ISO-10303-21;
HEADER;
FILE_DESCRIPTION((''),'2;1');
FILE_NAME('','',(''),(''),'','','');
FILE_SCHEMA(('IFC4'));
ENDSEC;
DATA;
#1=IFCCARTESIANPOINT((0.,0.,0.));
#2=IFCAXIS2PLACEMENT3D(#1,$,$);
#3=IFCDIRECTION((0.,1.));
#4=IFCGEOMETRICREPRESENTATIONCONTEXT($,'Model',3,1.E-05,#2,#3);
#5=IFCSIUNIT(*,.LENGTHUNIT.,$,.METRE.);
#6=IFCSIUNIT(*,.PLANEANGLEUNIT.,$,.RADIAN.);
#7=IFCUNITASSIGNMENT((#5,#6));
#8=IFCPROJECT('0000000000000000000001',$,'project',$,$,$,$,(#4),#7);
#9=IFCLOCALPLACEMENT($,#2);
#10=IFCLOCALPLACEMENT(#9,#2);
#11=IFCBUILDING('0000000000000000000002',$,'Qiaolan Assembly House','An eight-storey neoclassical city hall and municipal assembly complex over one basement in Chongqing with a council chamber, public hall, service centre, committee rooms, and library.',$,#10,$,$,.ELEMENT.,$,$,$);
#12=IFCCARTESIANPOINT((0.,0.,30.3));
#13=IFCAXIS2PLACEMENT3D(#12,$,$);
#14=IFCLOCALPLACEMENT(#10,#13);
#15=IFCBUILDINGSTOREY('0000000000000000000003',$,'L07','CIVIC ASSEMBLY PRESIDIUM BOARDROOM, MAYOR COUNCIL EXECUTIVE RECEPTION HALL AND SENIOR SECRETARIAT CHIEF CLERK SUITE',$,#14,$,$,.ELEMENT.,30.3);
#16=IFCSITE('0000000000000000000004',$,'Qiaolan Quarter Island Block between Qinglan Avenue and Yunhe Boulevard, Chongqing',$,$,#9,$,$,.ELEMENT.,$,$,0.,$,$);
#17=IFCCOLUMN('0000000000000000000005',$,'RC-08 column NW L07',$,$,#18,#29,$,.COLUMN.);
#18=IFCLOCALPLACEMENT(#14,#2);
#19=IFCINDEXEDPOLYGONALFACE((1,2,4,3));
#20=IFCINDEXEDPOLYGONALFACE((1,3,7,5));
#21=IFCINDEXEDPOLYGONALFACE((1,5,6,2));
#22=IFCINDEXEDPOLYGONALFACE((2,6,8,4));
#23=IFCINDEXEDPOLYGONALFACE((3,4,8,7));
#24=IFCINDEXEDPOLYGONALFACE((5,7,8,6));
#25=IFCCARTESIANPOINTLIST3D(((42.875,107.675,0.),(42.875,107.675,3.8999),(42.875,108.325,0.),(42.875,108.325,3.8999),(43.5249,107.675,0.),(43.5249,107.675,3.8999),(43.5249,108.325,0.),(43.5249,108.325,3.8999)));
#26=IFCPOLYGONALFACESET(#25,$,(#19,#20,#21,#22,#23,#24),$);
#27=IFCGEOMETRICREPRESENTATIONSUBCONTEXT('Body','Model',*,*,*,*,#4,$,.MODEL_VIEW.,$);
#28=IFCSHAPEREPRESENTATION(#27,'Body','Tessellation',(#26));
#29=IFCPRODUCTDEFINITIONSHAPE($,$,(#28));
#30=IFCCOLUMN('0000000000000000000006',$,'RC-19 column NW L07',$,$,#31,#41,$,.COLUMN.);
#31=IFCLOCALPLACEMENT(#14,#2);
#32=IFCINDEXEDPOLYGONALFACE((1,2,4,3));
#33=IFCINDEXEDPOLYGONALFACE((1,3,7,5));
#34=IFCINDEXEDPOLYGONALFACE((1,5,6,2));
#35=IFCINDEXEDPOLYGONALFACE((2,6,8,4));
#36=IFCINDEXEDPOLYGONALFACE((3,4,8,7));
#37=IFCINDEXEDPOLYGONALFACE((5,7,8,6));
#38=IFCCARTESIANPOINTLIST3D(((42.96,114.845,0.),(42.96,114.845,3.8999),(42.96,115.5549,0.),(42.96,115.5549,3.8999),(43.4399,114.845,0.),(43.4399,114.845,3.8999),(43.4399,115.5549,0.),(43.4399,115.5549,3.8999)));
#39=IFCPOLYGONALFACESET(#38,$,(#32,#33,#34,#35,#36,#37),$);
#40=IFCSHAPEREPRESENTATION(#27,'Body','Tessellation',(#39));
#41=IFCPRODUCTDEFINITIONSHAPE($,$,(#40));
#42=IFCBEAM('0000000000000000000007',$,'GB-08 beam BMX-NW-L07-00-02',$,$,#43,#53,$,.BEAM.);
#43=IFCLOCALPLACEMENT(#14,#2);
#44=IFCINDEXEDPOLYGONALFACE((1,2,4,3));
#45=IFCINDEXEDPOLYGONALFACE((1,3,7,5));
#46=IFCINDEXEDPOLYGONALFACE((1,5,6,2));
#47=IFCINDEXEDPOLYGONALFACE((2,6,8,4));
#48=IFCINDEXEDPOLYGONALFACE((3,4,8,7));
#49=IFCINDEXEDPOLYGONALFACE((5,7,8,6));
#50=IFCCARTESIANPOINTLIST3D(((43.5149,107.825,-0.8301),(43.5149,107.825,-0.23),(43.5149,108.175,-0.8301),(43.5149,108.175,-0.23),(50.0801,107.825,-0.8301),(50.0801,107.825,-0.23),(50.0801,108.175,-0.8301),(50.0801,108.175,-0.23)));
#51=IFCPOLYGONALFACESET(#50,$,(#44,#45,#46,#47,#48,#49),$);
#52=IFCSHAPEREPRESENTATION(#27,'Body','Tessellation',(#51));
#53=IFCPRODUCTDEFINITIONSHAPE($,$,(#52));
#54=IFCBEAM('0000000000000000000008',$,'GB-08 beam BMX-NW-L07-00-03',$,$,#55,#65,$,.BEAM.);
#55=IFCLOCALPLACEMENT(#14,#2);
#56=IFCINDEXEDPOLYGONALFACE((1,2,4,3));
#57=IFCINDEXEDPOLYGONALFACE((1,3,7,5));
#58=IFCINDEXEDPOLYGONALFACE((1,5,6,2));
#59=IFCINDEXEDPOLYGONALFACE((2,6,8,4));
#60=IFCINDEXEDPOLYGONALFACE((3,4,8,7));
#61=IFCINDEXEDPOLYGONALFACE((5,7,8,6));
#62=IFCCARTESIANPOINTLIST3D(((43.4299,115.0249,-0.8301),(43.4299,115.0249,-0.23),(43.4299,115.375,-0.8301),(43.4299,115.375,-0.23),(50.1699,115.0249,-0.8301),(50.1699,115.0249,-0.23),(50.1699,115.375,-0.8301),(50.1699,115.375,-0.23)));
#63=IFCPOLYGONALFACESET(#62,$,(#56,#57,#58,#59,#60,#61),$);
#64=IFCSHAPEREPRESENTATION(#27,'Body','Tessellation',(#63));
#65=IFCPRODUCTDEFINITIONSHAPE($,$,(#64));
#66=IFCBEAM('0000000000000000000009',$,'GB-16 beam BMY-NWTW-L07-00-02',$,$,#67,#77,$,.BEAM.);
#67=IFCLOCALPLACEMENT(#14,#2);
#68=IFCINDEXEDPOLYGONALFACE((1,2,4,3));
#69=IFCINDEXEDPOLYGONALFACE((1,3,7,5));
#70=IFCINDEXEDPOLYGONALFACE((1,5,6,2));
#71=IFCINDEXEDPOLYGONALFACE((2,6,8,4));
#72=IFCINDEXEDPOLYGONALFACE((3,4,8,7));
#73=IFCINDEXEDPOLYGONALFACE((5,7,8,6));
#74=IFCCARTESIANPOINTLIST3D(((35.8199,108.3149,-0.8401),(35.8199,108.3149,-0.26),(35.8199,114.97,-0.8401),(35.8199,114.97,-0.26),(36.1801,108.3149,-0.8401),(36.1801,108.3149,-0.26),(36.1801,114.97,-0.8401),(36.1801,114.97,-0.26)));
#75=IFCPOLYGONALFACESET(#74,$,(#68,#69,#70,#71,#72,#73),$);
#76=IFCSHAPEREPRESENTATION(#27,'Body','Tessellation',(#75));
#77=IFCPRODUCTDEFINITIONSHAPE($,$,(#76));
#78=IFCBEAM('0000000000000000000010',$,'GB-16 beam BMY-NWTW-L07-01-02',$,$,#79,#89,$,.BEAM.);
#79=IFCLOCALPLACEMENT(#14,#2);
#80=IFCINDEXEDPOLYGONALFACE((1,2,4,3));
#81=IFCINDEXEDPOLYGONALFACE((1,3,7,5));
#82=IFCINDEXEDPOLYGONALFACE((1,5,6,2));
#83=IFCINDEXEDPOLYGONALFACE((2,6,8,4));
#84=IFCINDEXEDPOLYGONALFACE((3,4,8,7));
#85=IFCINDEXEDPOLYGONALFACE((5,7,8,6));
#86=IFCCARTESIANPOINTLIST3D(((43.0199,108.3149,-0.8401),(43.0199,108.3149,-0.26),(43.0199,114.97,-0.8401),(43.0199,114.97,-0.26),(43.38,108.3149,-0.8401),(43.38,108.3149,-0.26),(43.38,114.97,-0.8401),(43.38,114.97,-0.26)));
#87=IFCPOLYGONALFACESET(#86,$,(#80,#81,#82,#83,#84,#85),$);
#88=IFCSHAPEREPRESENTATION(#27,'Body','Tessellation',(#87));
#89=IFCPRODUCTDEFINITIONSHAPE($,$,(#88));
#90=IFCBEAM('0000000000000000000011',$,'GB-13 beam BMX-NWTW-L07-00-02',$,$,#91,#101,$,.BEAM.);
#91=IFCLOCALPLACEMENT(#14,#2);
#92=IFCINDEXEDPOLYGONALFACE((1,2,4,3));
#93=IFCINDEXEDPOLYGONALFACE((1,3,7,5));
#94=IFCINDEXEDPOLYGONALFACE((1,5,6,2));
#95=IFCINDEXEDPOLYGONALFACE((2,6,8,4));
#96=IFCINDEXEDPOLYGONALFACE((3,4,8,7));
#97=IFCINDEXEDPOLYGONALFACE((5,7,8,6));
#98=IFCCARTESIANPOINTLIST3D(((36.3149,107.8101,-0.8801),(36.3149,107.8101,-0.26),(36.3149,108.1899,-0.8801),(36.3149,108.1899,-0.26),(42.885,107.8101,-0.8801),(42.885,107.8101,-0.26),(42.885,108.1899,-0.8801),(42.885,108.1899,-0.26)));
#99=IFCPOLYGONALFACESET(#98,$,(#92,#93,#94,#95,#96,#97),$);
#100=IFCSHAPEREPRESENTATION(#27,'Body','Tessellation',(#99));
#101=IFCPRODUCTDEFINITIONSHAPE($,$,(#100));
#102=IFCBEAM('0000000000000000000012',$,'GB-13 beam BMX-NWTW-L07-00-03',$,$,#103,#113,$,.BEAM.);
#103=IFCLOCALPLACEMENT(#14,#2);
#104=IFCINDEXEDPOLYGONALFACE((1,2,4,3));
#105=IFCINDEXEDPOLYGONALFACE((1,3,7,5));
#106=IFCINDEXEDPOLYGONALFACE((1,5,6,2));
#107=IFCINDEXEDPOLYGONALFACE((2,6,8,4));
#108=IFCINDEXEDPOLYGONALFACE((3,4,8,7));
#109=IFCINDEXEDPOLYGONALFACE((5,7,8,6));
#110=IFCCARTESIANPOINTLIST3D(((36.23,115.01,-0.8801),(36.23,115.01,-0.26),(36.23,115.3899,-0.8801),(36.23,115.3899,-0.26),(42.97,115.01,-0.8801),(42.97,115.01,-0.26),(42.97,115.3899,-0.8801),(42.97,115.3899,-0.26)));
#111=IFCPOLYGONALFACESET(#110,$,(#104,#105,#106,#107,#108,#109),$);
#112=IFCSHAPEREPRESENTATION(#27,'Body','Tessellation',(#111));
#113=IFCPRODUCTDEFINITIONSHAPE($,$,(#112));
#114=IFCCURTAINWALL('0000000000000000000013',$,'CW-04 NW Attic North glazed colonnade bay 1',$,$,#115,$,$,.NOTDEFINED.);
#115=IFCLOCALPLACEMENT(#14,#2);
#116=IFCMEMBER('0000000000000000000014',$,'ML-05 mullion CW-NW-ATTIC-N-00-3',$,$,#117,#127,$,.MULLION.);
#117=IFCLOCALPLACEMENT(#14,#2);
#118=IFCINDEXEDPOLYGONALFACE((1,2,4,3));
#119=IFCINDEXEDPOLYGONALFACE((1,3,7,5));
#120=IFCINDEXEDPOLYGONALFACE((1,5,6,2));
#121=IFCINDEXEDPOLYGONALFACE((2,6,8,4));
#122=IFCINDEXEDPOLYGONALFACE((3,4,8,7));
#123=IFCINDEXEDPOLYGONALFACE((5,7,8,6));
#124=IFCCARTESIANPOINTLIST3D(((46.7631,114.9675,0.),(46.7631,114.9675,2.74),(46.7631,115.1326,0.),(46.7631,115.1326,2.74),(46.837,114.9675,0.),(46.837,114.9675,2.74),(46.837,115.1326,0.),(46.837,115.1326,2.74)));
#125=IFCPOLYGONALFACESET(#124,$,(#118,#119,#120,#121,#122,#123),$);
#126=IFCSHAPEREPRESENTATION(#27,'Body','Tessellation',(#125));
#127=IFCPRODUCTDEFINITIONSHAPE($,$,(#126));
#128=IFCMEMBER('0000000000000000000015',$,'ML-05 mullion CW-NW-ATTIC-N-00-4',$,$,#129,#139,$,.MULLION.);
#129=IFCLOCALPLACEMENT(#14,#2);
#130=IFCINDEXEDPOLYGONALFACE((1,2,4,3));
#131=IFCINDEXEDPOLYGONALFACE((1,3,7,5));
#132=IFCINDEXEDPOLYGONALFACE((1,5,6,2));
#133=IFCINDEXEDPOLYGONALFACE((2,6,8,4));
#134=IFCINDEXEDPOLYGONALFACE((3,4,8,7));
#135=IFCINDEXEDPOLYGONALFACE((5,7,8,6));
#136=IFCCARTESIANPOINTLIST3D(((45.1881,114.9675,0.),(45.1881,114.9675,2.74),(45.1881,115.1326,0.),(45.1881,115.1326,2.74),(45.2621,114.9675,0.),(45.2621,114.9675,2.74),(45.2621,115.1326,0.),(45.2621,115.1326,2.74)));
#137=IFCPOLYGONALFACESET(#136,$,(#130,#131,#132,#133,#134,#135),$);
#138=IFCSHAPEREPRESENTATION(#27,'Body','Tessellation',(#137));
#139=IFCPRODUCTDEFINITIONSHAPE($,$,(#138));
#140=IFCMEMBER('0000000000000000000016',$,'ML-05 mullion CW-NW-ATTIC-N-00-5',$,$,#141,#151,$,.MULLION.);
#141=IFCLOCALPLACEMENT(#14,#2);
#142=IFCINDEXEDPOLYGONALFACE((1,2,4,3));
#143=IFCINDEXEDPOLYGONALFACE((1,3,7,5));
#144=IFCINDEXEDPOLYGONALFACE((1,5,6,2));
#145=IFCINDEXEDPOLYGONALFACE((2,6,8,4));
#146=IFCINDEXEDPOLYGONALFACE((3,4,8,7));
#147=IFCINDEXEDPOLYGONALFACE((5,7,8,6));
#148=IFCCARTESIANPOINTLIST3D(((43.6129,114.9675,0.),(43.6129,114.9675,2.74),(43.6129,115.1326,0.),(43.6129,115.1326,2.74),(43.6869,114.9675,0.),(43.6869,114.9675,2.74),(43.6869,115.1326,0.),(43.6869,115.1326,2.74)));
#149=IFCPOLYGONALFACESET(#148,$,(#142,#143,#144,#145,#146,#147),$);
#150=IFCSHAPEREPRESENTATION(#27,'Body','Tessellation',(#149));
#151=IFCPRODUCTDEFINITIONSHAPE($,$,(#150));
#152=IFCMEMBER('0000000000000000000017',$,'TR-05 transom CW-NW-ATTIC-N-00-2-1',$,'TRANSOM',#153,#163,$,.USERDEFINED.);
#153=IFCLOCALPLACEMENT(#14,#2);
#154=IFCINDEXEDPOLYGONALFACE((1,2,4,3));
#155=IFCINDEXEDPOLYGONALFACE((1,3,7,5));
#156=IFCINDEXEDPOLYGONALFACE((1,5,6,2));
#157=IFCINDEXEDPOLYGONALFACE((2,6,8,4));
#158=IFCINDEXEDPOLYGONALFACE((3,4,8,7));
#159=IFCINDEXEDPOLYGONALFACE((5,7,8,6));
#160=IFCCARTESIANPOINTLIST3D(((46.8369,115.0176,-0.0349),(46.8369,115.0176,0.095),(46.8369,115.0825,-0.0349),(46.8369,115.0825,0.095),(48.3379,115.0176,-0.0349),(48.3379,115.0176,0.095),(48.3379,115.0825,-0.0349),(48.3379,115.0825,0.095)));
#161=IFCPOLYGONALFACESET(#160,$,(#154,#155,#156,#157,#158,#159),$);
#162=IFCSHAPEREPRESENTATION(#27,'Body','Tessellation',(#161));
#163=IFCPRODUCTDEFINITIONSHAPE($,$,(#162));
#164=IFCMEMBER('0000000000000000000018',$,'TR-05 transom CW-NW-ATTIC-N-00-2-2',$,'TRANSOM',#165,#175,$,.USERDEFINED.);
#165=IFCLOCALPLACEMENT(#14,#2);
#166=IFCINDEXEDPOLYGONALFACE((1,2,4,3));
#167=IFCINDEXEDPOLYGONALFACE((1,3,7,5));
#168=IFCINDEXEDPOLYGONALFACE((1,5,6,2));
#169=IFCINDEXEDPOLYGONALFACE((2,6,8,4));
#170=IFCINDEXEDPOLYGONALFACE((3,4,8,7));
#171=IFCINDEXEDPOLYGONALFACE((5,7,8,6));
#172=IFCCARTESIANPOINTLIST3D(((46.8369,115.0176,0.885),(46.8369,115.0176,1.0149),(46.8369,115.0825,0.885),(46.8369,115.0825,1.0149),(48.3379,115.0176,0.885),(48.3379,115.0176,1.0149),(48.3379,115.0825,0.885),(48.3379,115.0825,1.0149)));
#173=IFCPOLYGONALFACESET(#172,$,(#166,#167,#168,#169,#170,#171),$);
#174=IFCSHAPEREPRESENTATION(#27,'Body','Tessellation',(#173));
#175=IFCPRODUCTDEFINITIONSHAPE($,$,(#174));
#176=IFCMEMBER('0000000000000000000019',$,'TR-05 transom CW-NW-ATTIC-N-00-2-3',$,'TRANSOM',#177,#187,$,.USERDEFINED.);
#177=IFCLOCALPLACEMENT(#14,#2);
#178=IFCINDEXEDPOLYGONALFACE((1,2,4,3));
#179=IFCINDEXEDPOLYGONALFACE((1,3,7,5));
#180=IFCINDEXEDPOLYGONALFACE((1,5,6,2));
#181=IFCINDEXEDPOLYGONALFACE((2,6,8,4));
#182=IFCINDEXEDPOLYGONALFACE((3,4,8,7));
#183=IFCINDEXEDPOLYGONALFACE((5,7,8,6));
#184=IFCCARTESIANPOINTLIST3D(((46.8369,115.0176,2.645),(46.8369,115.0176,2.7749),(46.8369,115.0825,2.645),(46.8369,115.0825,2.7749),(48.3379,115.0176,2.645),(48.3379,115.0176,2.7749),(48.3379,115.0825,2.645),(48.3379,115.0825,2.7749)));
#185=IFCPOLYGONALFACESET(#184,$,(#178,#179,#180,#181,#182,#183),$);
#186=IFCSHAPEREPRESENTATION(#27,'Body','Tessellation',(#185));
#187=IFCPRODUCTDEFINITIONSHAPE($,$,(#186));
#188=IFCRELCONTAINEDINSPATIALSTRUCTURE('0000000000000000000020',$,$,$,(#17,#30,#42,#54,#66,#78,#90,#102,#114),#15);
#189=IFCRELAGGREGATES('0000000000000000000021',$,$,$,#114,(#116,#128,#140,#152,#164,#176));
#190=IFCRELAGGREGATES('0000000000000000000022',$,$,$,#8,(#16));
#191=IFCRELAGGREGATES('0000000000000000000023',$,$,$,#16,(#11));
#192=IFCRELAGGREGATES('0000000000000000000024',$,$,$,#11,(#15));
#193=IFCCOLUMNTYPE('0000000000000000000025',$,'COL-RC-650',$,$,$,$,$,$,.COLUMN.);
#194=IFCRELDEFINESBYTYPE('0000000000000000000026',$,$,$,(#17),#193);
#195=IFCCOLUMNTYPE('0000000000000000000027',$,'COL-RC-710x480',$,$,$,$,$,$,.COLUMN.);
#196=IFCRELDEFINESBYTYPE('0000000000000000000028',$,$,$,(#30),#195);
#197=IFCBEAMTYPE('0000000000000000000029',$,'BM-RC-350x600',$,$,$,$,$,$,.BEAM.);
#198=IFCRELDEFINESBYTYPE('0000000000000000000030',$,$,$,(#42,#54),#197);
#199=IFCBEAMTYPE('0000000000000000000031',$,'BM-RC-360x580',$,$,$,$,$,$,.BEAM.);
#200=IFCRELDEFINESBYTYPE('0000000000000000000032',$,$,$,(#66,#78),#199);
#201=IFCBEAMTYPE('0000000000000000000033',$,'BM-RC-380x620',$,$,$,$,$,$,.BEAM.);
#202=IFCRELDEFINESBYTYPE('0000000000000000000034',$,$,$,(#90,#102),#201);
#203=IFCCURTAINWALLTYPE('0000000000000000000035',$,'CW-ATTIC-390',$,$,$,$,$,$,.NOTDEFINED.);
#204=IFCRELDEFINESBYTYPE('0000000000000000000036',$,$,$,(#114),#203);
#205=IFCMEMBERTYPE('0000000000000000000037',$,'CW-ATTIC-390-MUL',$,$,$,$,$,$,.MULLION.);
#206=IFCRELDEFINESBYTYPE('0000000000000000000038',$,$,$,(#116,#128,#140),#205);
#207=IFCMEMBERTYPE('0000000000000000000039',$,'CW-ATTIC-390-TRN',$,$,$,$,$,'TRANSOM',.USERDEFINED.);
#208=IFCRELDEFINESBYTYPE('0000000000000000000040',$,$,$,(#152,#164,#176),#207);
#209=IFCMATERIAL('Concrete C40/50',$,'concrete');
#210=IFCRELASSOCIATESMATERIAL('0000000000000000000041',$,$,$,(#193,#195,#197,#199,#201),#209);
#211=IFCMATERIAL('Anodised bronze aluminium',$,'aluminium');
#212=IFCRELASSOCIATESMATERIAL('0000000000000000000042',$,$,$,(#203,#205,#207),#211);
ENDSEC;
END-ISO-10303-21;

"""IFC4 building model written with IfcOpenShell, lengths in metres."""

from ifc_helpers import new_model, si_unit, direction, frame, origin, origin_2d, place, context, subcontext, project, spatial, rectangle, extrude, material, material_profile, profile_set, type_object, element, aggregate, save


model = new_model("IFC4")

# Units and contexts
model_context = context("Model", 3, precision=1e-05, world=origin(), true_north=direction((0.0, 1.0)))
body_context = subcontext(model_context, "Body", "Model", "MODEL_VIEW")
ifc_project = project(units=[si_unit("LENGTHUNIT", "METRE"), si_unit("PLANEANGLEUNIT", "RADIAN")], contexts=[model_context])

# Site, building, storey
site_placement = place(None, origin())
site = spatial("IfcSite", under=ifc_project, at=site_placement, Name="Qiaolan Quarter Island Block between Qinglan Avenue and Yunhe Boulevard, Chongqing", CompositionType="ELEMENT", RefElevation=0.0)
building_placement = place(site_placement, origin())
building = spatial("IfcBuilding", under=site, at=building_placement, Name="Qiaolan Assembly House", Description="An eight-storey neoclassical city hall and municipal assembly complex over one basement in Chongqing with a council chamber, public hall, service centre, committee rooms, and library.", CompositionType="ELEMENT")
storey_placement = place(building_placement, frame((0.0, 0.0, 30.3)))
storey = spatial("IfcBuildingStorey", under=building, at=storey_placement, Name="L07", Description="CIVIC ASSEMBLY PRESIDIUM BOARDROOM, MAYOR COUNCIL EXECUTIVE RECEPTION HALL AND SENIOR SECRETARIAT CHIEF CLERK SUITE", CompositionType="ELEMENT", Elevation=30.3)

# Columns
ifc_material_1 = material(Name="Concrete C40/50", Category="concrete")
ifc_material_profile_1 = material_profile(ifc_material_1, rectangle(XDim=0.6499, YDim=0.6499, at=origin_2d()), Name="RC 650x650")
ifc_profile_set_1 = profile_set([ifc_material_profile_1], Name="Concrete C40/50")
column_type_1 = type_object("IfcColumnType", Name="COL-RC-650", PredefinedType="COLUMN", material=ifc_profile_set_1)
column_1_placement = place(storey_placement, frame((43.2, 108.0, 0.0), z_axis=(0.0, 0.0, 1.0), x_axis=(1.0, 0.0, 0.0)))
element("IfcColumn", 1, at=column_1_placement, inside=storey, type_object=column_type_1, Name="RC-08 column NW L07", PredefinedType="COLUMN", context=body_context, shape_type="SweptSolid", body=[
    extrude(rectangle(XDim=0.6499, YDim=0.6499, at=origin_2d()), origin(), (0.0, 0.0, 1.0), 3.8999),
])
ifc_material_profile_2 = material_profile(ifc_material_1, rectangle(XDim=0.48, YDim=0.71, at=origin_2d()), Name="RC 710x480")
ifc_profile_set_2 = profile_set([ifc_material_profile_2], Name="Concrete C40/50")
column_type_2 = type_object("IfcColumnType", Name="COL-RC-710x480", PredefinedType="COLUMN", material=ifc_profile_set_2)
column_2_placement = place(storey_placement, frame((43.2, 115.2, 0.0), z_axis=(0.0, 0.0, 1.0), x_axis=(1.0, 0.0, 0.0)))
element("IfcColumn", 2, at=column_2_placement, inside=storey, type_object=column_type_2, Name="RC-19 column NW L07", PredefinedType="COLUMN", context=body_context, shape_type="SweptSolid", body=[
    extrude(rectangle(XDim=0.48, YDim=0.71, at=origin_2d()), origin(), (0.0, 0.0, 1.0), 3.8999),
])

# Beams
ifc_material_profile_3 = material_profile(ifc_material_1, rectangle(XDim=0.3501, YDim=0.6001, at=origin_2d()), Name="RCB 350x600")
ifc_profile_set_3 = profile_set([ifc_material_profile_3], Name="Concrete C40/50")
beam_type_1 = type_object("IfcBeamType", Name="BM-RC-350x600", PredefinedType="BEAM", material=ifc_profile_set_3)
beam_1_placement = place(storey_placement, frame((43.5149, 108.0, -0.53), z_axis=(1.0, 0.0, 0.0), x_axis=(0.0, 1.0, 0.0)))
element("IfcBeam", 3, at=beam_1_placement, inside=storey, type_object=beam_type_1, Name="GB-08 beam BMX-NW-L07-00-02", PredefinedType="BEAM", context=body_context, shape_type="SweptSolid", body=[
    extrude(rectangle(XDim=0.3501, YDim=0.6001, at=origin_2d()), origin(), (0.0, 0.0, 1.0), 6.5652),
])
beam_2_placement = place(storey_placement, frame((43.4299, 115.2, -0.53), z_axis=(1.0, 0.0, 0.0), x_axis=(0.0, 1.0, 0.0)))
element("IfcBeam", 4, at=beam_2_placement, inside=storey, type_object=beam_type_1, Name="GB-08 beam BMX-NW-L07-00-03", PredefinedType="BEAM", context=body_context, shape_type="SweptSolid", body=[
    extrude(rectangle(XDim=0.3501, YDim=0.6001, at=origin_2d()), origin(), (0.0, 0.0, 1.0), 6.74),
])
ifc_material_profile_4 = material_profile(ifc_material_1, rectangle(XDim=0.3601, YDim=0.5801, at=origin_2d()), Name="RCB 360x580")
ifc_profile_set_4 = profile_set([ifc_material_profile_4], Name="Concrete C40/50")
beam_type_2 = type_object("IfcBeamType", Name="BM-RC-360x580", PredefinedType="BEAM", material=ifc_profile_set_4)
for number, where, z_axis, x_axis, name in (
    (5, (36.0, 108.3149, -0.55), (0.0, 1.0, 0.0), (-1.0, 0.0, 0.0), "GB-16 beam BMY-NWTW-L07-00-02"),
    (6, (43.2, 108.3149, -0.55), (0.0, 1.0, 0.0), (-1.0, 0.0, 0.0), "GB-16 beam BMY-NWTW-L07-01-02"),
):
    element("IfcBeam", number, at=place(storey_placement, frame(where, z_axis=z_axis, x_axis=x_axis)), inside=storey, type_object=beam_type_2, Name=name, PredefinedType="BEAM", context=body_context, shape_type="SweptSolid", body=[
        extrude(rectangle(XDim=0.3601, YDim=0.5801, at=origin_2d()), origin(), (0.0, 0.0, 1.0), 6.655),
    ])
ifc_material_profile_5 = material_profile(ifc_material_1, rectangle(XDim=0.3799, YDim=0.6201, at=origin_2d()), Name="RCB 380x620")
ifc_profile_set_5 = profile_set([ifc_material_profile_5], Name="Concrete C40/50")
beam_type_3 = type_object("IfcBeamType", Name="BM-RC-380x620", PredefinedType="BEAM", material=ifc_profile_set_5)
beam_3_placement = place(storey_placement, frame((36.3149, 108.0, -0.5701), z_axis=(1.0, 0.0, 0.0), x_axis=(0.0, 1.0, 0.0)))
element("IfcBeam", 7, at=beam_3_placement, inside=storey, type_object=beam_type_3, Name="GB-13 beam BMX-NWTW-L07-00-02", PredefinedType="BEAM", context=body_context, shape_type="SweptSolid", body=[
    extrude(rectangle(XDim=0.3799, YDim=0.6201, at=origin_2d()), origin(), (0.0, 0.0, 1.0), 6.5701),
])
beam_4_placement = place(storey_placement, frame((36.23, 115.2, -0.5701), z_axis=(1.0, 0.0, 0.0), x_axis=(0.0, 1.0, 0.0)))
element("IfcBeam", 8, at=beam_4_placement, inside=storey, type_object=beam_type_3, Name="GB-13 beam BMX-NWTW-L07-00-03", PredefinedType="BEAM", context=body_context, shape_type="SweptSolid", body=[
    extrude(rectangle(XDim=0.3799, YDim=0.6201, at=origin_2d()), origin(), (0.0, 0.0, 1.0), 6.74),
])

# Curtain wall, members
ifc_material_2 = material(Name="Anodised bronze aluminium", Category="aluminium")
curtain_wall_type = type_object("IfcCurtainWallType", Name="CW-ATTIC-390", PredefinedType="NOTDEFINED", material=ifc_material_2)
curtain_wall_placement = place(storey_placement, origin())
curtain_wall = element("IfcCurtainWall", 9, at=curtain_wall_placement, inside=storey, type_object=curtain_wall_type, Name="CW-04 NW Attic North glazed colonnade bay 1", PredefinedType="NOTDEFINED")
ifc_material_profile_6 = material_profile(ifc_material_2, rectangle(XDim=0.074, YDim=0.165, at=origin_2d()), Name="MUL 74x165")
ifc_profile_set_6 = profile_set([ifc_material_profile_6], Name="Anodised bronze aluminium")
member_type_1 = type_object("IfcMemberType", Name="CW-ATTIC-390-MUL", PredefinedType="MULLION", material=ifc_profile_set_6)
member_1_placement = place(storey_placement, frame((46.8, 115.05, 0.0), z_axis=(0.0, 0.0, 1.0), x_axis=(-1.0, 0.0, 0.0)))
member_1 = element("IfcMember", 10, at=member_1_placement, type_object=member_type_1, Name="ML-05 mullion CW-NW-ATTIC-N-00-3", PredefinedType="MULLION", context=body_context, shape_type="SweptSolid", body=[
    extrude(rectangle(XDim=0.074, YDim=0.165, at=origin_2d()), origin(), (0.0, 0.0, 1.0), 2.74),
])
member_2_placement = place(storey_placement, frame((45.2251, 115.05, 0.0), z_axis=(0.0, 0.0, 1.0), x_axis=(-1.0, 0.0, 0.0)))
member_2 = element("IfcMember", 11, at=member_2_placement, type_object=member_type_1, Name="ML-05 mullion CW-NW-ATTIC-N-00-4", PredefinedType="MULLION", context=body_context, shape_type="SweptSolid", body=[
    extrude(rectangle(XDim=0.074, YDim=0.165, at=origin_2d()), origin(), (0.0, 0.0, 1.0), 2.74),
])
member_3_placement = place(storey_placement, frame((43.6499, 115.05, 0.0), z_axis=(0.0, 0.0, 1.0), x_axis=(-1.0, 0.0, 0.0)))
member_3 = element("IfcMember", 12, at=member_3_placement, type_object=member_type_1, Name="ML-05 mullion CW-NW-ATTIC-N-00-5", PredefinedType="MULLION", context=body_context, shape_type="SweptSolid", body=[
    extrude(rectangle(XDim=0.074, YDim=0.165, at=origin_2d()), origin(), (0.0, 0.0, 1.0), 2.74),
])
ifc_material_profile_7 = material_profile(ifc_material_2, rectangle(XDim=0.0649, YDim=0.1299, at=origin_2d()), Name="TRN 65x130")
ifc_profile_set_7 = profile_set([ifc_material_profile_7], Name="Anodised bronze aluminium")
member_type_2 = type_object("IfcMemberType", Name="CW-ATTIC-390-TRN", ElementType="TRANSOM", PredefinedType="USERDEFINED", material=ifc_profile_set_7)
member_4_placement = place(storey_placement, frame((48.3379, 115.05, 0.03), z_axis=(-1.0, 0.0, 0.0), x_axis=(0.0, -1.0, 0.0)))
member_4 = element("IfcMember", 13, at=member_4_placement, type_object=member_type_2, Name="TR-05 transom CW-NW-ATTIC-N-00-2-1", ObjectType="TRANSOM", PredefinedType="USERDEFINED", context=body_context, shape_type="SweptSolid", body=[
    extrude(rectangle(XDim=0.0649, YDim=0.1299, at=origin_2d()), origin(), (0.0, 0.0, 1.0), 1.501),
])
member_5_placement = place(storey_placement, frame((48.3379, 115.05, 0.95), z_axis=(-1.0, 0.0, 0.0), x_axis=(0.0, -1.0, 0.0)))
member_5 = element("IfcMember", 14, at=member_5_placement, type_object=member_type_2, Name="TR-05 transom CW-NW-ATTIC-N-00-2-2", ObjectType="TRANSOM", PredefinedType="USERDEFINED", context=body_context, shape_type="SweptSolid", body=[
    extrude(rectangle(XDim=0.0649, YDim=0.1299, at=origin_2d()), origin(), (0.0, 0.0, 1.0), 1.501),
])
member_6_placement = place(storey_placement, frame((48.3379, 115.05, 2.71), z_axis=(-1.0, 0.0, 0.0), x_axis=(0.0, -1.0, 0.0)))
member_6 = element("IfcMember", 15, at=member_6_placement, type_object=member_type_2, Name="TR-05 transom CW-NW-ATTIC-N-00-2-3", ObjectType="TRANSOM", PredefinedType="USERDEFINED", context=body_context, shape_type="SweptSolid", body=[
    extrude(rectangle(XDim=0.0649, YDim=0.1299, at=origin_2d()), origin(), (0.0, 0.0, 1.0), 1.501),
])

aggregate(curtain_wall, [member_1, member_2, member_3, member_4, member_5, member_6])

save(model, "model.ifc")
